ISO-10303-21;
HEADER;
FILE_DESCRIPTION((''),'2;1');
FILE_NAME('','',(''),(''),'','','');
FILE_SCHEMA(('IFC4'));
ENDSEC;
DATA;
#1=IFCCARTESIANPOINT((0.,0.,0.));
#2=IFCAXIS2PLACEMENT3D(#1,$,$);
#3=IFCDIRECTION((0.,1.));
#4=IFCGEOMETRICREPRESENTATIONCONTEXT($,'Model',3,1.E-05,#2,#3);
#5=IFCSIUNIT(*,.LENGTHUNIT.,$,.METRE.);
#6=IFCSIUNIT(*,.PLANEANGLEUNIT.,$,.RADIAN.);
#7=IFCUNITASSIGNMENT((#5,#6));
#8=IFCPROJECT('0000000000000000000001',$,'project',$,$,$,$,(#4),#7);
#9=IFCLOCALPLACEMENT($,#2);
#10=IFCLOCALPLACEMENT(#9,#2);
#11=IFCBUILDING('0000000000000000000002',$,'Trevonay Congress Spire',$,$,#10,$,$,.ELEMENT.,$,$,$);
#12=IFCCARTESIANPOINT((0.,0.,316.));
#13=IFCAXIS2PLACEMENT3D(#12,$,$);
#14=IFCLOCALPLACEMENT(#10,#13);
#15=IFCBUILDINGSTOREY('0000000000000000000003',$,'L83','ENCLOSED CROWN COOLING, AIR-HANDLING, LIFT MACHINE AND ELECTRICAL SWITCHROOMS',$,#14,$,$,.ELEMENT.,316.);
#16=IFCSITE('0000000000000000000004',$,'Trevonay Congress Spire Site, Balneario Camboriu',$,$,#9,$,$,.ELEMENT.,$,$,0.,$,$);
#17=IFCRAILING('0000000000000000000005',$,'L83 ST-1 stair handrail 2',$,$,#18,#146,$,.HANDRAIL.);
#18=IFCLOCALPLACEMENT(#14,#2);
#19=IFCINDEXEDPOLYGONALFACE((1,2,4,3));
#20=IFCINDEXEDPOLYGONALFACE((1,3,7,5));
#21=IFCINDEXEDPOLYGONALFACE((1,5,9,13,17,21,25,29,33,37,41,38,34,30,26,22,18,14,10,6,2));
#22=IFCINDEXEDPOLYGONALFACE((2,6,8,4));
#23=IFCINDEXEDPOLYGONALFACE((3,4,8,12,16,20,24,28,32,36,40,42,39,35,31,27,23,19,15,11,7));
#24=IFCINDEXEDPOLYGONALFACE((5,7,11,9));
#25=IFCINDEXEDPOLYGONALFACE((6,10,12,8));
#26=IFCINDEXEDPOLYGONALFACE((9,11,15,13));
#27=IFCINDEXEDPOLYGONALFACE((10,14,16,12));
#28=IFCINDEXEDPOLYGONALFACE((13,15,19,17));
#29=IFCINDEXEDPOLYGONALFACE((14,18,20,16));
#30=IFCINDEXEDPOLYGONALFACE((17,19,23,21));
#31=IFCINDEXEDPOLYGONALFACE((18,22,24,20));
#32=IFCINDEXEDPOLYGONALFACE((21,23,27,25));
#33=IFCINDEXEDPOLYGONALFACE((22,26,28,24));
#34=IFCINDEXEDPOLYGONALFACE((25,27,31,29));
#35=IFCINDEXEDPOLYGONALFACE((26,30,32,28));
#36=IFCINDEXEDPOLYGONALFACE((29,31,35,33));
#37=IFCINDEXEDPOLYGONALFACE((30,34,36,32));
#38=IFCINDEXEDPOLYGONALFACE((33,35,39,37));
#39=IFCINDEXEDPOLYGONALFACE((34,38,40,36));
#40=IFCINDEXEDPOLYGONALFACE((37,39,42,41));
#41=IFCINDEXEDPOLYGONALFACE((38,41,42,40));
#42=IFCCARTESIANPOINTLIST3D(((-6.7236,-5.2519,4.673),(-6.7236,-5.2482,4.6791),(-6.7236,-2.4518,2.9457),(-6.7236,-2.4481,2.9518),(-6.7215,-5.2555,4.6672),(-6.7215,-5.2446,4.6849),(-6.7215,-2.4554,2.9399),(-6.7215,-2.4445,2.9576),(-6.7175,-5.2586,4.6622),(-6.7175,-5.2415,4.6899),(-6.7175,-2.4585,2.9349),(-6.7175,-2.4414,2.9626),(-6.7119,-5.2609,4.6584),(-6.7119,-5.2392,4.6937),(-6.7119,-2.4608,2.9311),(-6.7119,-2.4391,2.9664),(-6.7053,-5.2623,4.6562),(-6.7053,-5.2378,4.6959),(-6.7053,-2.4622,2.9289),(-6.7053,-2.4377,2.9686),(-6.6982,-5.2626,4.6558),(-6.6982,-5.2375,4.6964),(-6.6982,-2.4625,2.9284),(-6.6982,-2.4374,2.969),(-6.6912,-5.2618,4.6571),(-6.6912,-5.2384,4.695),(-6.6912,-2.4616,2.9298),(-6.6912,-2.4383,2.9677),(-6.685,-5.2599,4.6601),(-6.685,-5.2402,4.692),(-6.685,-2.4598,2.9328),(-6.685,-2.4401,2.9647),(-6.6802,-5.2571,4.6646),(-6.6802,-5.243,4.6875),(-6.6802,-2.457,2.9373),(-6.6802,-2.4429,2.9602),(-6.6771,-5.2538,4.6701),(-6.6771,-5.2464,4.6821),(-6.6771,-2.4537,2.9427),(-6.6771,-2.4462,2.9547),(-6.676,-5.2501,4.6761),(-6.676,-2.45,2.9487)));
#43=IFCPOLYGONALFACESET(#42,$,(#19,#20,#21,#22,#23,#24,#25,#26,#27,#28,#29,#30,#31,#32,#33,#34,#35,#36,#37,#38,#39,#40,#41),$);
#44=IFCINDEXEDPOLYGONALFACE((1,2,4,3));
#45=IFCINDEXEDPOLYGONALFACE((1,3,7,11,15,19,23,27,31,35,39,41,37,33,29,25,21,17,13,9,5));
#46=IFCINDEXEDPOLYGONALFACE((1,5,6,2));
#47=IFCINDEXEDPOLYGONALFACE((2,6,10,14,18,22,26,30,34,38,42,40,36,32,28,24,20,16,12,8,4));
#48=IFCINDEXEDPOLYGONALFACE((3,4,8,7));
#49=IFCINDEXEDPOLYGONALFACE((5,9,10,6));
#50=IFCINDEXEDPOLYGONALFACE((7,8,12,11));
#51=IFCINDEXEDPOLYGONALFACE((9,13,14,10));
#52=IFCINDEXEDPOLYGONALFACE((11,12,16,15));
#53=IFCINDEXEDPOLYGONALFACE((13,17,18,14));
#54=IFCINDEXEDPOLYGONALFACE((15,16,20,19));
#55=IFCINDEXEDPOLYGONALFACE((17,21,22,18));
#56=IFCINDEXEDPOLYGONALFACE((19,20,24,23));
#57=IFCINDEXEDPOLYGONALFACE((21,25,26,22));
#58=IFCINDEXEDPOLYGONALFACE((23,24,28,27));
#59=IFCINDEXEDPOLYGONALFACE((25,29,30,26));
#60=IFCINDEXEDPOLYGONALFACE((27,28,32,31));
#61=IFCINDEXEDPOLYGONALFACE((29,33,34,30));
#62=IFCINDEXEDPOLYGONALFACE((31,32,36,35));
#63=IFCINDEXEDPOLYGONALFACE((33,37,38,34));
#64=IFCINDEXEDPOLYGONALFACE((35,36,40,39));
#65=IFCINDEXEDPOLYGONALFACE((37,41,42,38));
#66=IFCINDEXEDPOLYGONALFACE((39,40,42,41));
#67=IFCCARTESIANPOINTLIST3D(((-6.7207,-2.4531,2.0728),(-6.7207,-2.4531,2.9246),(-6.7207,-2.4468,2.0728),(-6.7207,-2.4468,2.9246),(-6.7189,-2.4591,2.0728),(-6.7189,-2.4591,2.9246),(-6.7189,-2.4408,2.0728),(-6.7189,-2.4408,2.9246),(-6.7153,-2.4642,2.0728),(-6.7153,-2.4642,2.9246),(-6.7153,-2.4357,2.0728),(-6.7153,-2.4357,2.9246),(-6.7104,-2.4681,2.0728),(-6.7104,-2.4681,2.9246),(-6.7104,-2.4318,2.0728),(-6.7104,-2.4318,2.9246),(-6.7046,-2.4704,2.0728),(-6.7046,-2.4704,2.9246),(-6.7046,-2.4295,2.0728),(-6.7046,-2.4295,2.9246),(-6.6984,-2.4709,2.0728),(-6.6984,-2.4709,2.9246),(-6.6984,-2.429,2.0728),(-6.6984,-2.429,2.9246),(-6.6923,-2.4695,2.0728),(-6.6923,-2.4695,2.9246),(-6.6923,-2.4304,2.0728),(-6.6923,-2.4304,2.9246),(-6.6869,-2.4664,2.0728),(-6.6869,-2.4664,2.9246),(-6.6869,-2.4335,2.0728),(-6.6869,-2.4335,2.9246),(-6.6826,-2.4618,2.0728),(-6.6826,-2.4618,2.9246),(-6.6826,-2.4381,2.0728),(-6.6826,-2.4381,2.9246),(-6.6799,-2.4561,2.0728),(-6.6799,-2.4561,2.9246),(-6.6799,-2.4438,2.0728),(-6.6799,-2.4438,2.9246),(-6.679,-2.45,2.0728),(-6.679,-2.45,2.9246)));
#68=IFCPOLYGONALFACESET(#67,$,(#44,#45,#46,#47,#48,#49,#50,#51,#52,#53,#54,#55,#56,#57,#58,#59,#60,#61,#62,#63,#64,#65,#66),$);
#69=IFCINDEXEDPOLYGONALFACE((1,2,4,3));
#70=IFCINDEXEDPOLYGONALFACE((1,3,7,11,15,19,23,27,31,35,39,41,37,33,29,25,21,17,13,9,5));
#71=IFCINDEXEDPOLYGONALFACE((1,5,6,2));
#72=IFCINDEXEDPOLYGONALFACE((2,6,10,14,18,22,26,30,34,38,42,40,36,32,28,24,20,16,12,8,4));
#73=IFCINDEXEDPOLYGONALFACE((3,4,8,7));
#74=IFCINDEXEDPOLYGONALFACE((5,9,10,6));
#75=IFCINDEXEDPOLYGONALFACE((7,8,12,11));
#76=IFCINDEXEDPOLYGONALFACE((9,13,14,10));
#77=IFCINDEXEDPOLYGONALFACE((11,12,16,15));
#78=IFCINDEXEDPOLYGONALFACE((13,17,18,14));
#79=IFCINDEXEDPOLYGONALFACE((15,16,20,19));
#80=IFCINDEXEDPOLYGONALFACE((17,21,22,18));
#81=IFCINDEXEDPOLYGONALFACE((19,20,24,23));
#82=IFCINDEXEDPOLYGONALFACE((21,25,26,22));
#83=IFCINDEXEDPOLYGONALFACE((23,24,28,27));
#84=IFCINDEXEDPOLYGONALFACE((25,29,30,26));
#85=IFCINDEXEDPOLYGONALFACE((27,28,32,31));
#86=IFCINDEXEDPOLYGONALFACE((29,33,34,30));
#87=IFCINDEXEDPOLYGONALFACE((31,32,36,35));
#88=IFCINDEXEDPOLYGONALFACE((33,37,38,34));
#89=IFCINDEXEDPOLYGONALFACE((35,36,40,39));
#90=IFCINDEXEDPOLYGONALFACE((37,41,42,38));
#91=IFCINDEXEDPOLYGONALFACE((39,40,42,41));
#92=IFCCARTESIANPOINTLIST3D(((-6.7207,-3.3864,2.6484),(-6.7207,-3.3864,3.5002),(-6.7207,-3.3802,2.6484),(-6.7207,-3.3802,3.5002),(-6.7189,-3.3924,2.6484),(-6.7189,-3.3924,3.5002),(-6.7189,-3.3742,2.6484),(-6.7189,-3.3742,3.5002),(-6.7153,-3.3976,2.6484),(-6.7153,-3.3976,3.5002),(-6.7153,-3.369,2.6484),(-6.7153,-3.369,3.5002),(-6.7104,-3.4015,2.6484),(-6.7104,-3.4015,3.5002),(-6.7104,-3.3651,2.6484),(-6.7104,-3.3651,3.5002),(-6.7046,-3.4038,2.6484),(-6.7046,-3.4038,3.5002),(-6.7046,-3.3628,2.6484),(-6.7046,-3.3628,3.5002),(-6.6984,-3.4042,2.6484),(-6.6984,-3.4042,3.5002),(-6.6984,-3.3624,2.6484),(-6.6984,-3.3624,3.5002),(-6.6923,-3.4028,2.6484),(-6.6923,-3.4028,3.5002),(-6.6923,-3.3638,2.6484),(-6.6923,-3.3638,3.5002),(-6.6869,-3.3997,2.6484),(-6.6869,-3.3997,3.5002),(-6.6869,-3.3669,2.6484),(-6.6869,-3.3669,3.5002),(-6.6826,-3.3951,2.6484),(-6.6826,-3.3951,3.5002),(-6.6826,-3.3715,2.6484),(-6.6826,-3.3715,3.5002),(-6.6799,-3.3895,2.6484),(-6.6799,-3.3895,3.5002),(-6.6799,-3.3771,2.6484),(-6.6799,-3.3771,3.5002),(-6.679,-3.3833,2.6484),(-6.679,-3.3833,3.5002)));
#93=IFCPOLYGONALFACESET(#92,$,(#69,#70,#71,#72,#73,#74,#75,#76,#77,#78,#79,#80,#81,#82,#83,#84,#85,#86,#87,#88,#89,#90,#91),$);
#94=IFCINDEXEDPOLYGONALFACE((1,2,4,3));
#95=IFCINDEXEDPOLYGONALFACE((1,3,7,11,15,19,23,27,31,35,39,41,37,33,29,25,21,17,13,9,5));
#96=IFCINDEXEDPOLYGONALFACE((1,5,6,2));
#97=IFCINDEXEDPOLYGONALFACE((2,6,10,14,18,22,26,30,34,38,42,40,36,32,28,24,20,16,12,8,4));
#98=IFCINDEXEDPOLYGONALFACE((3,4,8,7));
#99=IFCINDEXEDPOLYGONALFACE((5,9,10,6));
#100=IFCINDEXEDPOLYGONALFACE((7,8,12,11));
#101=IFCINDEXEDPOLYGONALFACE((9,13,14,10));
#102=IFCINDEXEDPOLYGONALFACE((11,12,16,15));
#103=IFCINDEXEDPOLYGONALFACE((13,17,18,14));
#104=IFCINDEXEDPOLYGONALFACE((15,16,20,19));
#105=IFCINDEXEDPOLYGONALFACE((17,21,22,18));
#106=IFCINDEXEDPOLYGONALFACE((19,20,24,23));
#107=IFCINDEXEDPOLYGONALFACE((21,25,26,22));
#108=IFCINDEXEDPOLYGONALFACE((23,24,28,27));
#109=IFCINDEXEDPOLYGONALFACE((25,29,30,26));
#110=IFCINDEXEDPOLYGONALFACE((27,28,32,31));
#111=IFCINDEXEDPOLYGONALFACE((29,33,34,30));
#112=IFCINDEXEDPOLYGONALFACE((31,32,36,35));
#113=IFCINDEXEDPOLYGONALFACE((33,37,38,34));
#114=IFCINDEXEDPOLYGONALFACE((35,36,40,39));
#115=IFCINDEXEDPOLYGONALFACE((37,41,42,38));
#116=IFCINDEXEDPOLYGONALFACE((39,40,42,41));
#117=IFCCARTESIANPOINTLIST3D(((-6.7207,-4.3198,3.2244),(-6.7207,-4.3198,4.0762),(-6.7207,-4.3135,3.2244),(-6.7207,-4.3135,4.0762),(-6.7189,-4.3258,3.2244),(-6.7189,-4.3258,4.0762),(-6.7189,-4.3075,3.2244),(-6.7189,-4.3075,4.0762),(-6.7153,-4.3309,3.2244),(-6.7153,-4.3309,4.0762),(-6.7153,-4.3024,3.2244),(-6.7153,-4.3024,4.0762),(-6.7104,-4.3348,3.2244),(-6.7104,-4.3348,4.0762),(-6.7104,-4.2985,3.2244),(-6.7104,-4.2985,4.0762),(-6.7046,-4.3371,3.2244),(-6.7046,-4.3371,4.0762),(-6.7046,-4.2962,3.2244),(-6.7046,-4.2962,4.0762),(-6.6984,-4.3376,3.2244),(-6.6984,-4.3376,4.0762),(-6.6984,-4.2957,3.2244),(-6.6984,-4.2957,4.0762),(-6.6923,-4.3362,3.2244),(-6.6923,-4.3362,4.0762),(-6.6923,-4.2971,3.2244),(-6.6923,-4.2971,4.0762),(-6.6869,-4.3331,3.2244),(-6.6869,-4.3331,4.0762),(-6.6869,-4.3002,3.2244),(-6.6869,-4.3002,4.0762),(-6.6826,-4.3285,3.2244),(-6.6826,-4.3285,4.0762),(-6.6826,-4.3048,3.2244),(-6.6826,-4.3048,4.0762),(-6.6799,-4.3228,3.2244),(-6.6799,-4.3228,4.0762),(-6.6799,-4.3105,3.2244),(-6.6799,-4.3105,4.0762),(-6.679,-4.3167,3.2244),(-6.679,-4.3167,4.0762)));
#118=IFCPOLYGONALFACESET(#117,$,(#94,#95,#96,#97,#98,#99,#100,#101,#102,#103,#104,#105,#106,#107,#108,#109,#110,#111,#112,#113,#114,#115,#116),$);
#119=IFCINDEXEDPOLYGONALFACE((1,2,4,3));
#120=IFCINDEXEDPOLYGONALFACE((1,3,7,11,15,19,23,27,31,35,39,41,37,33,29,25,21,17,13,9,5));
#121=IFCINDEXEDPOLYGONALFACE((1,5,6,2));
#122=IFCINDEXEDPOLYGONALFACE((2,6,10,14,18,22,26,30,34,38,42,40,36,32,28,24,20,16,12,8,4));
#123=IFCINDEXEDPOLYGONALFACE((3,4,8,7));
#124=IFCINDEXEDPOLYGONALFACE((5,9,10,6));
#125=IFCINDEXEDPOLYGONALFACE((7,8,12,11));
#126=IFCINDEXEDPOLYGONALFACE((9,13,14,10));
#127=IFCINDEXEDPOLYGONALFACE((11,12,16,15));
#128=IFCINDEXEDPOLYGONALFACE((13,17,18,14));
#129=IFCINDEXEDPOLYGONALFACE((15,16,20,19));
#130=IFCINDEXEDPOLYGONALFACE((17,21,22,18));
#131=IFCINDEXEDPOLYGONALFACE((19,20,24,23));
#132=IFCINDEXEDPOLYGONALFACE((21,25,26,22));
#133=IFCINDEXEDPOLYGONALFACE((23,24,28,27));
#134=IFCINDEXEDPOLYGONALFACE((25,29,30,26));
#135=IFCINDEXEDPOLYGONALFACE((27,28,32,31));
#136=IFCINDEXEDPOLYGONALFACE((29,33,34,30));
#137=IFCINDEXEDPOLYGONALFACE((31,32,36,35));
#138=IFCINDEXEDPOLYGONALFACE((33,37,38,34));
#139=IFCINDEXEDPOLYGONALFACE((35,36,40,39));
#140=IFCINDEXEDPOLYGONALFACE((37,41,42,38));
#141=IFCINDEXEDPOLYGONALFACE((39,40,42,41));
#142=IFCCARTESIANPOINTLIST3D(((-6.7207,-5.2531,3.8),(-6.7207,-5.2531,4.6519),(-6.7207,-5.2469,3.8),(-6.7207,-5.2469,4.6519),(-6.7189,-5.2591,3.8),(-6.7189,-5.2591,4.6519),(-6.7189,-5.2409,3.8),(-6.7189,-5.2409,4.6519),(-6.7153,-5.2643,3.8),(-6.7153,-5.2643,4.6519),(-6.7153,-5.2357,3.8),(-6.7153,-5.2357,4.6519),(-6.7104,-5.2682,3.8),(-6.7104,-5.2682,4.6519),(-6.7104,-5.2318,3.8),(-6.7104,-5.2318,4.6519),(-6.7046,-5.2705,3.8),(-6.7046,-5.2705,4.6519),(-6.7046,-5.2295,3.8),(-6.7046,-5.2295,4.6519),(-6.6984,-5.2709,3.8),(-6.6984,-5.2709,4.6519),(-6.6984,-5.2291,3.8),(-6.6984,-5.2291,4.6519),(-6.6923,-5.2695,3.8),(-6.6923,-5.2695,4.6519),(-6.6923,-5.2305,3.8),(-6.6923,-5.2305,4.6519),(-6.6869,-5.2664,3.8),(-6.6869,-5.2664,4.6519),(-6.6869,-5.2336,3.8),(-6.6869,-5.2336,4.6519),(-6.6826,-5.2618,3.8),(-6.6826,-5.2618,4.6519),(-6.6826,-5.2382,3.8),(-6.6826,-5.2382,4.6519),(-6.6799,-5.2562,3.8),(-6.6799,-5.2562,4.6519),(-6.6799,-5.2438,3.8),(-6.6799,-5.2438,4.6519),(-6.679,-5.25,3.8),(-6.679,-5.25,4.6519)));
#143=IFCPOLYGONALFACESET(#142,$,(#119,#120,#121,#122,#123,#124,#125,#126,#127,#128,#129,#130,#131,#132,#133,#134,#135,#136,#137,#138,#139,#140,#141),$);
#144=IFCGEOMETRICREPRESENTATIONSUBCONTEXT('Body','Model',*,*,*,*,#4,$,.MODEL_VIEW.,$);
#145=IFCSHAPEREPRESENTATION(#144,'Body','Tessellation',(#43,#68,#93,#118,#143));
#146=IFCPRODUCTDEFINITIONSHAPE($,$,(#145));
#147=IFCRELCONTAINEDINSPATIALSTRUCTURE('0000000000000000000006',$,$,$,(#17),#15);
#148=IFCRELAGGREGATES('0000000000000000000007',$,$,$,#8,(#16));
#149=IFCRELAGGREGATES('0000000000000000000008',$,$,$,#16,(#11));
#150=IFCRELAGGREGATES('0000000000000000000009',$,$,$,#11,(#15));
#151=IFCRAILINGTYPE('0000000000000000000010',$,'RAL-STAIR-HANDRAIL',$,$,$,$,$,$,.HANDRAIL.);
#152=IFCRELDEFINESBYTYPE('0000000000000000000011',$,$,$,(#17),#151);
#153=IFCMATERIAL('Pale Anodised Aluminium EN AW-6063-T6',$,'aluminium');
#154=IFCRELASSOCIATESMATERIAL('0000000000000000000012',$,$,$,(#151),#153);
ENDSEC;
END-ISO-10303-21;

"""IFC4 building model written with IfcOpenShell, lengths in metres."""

from ifc_helpers import new_model, si_unit, direction, frame, origin, origin_2d, place, context, subcontext, project, spatial, circle, extrude, material, type_object, element, save


model = new_model("IFC4")

# Units and contexts
model_context = context("Model", 3, precision=1e-05, world=origin(), true_north=direction((0.0, 1.0)))
body_context = subcontext(model_context, "Body", "Model", "MODEL_VIEW")
ifc_project = project(units=[si_unit("LENGTHUNIT", "METRE"), si_unit("PLANEANGLEUNIT", "RADIAN")], contexts=[model_context])

# Site, building, storey
site_placement = place(None, origin())
site = spatial("IfcSite", under=ifc_project, at=site_placement, Name="Trevonay Congress Spire Site, Balneario Camboriu", CompositionType="ELEMENT", RefElevation=0.0)
building_placement = place(site_placement, origin())
building = spatial("IfcBuilding", under=site, at=building_placement, Name="Trevonay Congress Spire", CompositionType="ELEMENT")
storey_placement = place(building_placement, frame((0.0, 0.0, 316.0)))
storey = spatial("IfcBuildingStorey", under=building, at=storey_placement, Name="L83", Description="ENCLOSED CROWN COOLING, AIR-HANDLING, LIFT MACHINE AND ELECTRICAL SWITCHROOMS", CompositionType="ELEMENT", Elevation=316.0)

# Railing
ifc_material_1 = material(Name="Pale Anodised Aluminium EN AW-6063-T6", Category="aluminium")
railing_type_1 = type_object("IfcRailingType", Name="RAL-STAIR-HANDRAIL", PredefinedType="HANDRAIL", material=ifc_material_1)
railing_1_placement = place(storey_placement, frame((-6.7, -2.45, 2.0728)))
element("IfcRailing", 1, at=railing_1_placement, inside=storey, type_object=railing_type_1, Name="L83 ST-1 stair handrail 2", PredefinedType="HANDRAIL", context=body_context, shape_type="SweptSolid", body=[
    extrude(circle(Radius=0.0239, at=origin_2d()), frame((0.0, 0.0, 0.876), z_axis=(0.0, -0.85109, 0.52502), x_axis=(1.0, 0.0, 0.0)), (0.0, 0.0, 1.0), 3.29),
    extrude(circle(Radius=0.021, at=origin_2d()), origin(), (0.0, 0.0, 1.0), 0.8518),
    extrude(circle(Radius=0.021, at=origin_2d()), frame((0.0, -0.9333, 0.5757)), (0.0, 0.0, 1.0), 0.8518),
    extrude(circle(Radius=0.021, at=origin_2d()), frame((0.0, -1.8667, 1.1516)), (0.0, 0.0, 1.0), 0.8518),
    extrude(circle(Radius=0.021, at=origin_2d()), frame((0.0, -2.8, 1.7273)), (0.0, 0.0, 1.0), 0.8518),
])

save(model, "model.ifc")
